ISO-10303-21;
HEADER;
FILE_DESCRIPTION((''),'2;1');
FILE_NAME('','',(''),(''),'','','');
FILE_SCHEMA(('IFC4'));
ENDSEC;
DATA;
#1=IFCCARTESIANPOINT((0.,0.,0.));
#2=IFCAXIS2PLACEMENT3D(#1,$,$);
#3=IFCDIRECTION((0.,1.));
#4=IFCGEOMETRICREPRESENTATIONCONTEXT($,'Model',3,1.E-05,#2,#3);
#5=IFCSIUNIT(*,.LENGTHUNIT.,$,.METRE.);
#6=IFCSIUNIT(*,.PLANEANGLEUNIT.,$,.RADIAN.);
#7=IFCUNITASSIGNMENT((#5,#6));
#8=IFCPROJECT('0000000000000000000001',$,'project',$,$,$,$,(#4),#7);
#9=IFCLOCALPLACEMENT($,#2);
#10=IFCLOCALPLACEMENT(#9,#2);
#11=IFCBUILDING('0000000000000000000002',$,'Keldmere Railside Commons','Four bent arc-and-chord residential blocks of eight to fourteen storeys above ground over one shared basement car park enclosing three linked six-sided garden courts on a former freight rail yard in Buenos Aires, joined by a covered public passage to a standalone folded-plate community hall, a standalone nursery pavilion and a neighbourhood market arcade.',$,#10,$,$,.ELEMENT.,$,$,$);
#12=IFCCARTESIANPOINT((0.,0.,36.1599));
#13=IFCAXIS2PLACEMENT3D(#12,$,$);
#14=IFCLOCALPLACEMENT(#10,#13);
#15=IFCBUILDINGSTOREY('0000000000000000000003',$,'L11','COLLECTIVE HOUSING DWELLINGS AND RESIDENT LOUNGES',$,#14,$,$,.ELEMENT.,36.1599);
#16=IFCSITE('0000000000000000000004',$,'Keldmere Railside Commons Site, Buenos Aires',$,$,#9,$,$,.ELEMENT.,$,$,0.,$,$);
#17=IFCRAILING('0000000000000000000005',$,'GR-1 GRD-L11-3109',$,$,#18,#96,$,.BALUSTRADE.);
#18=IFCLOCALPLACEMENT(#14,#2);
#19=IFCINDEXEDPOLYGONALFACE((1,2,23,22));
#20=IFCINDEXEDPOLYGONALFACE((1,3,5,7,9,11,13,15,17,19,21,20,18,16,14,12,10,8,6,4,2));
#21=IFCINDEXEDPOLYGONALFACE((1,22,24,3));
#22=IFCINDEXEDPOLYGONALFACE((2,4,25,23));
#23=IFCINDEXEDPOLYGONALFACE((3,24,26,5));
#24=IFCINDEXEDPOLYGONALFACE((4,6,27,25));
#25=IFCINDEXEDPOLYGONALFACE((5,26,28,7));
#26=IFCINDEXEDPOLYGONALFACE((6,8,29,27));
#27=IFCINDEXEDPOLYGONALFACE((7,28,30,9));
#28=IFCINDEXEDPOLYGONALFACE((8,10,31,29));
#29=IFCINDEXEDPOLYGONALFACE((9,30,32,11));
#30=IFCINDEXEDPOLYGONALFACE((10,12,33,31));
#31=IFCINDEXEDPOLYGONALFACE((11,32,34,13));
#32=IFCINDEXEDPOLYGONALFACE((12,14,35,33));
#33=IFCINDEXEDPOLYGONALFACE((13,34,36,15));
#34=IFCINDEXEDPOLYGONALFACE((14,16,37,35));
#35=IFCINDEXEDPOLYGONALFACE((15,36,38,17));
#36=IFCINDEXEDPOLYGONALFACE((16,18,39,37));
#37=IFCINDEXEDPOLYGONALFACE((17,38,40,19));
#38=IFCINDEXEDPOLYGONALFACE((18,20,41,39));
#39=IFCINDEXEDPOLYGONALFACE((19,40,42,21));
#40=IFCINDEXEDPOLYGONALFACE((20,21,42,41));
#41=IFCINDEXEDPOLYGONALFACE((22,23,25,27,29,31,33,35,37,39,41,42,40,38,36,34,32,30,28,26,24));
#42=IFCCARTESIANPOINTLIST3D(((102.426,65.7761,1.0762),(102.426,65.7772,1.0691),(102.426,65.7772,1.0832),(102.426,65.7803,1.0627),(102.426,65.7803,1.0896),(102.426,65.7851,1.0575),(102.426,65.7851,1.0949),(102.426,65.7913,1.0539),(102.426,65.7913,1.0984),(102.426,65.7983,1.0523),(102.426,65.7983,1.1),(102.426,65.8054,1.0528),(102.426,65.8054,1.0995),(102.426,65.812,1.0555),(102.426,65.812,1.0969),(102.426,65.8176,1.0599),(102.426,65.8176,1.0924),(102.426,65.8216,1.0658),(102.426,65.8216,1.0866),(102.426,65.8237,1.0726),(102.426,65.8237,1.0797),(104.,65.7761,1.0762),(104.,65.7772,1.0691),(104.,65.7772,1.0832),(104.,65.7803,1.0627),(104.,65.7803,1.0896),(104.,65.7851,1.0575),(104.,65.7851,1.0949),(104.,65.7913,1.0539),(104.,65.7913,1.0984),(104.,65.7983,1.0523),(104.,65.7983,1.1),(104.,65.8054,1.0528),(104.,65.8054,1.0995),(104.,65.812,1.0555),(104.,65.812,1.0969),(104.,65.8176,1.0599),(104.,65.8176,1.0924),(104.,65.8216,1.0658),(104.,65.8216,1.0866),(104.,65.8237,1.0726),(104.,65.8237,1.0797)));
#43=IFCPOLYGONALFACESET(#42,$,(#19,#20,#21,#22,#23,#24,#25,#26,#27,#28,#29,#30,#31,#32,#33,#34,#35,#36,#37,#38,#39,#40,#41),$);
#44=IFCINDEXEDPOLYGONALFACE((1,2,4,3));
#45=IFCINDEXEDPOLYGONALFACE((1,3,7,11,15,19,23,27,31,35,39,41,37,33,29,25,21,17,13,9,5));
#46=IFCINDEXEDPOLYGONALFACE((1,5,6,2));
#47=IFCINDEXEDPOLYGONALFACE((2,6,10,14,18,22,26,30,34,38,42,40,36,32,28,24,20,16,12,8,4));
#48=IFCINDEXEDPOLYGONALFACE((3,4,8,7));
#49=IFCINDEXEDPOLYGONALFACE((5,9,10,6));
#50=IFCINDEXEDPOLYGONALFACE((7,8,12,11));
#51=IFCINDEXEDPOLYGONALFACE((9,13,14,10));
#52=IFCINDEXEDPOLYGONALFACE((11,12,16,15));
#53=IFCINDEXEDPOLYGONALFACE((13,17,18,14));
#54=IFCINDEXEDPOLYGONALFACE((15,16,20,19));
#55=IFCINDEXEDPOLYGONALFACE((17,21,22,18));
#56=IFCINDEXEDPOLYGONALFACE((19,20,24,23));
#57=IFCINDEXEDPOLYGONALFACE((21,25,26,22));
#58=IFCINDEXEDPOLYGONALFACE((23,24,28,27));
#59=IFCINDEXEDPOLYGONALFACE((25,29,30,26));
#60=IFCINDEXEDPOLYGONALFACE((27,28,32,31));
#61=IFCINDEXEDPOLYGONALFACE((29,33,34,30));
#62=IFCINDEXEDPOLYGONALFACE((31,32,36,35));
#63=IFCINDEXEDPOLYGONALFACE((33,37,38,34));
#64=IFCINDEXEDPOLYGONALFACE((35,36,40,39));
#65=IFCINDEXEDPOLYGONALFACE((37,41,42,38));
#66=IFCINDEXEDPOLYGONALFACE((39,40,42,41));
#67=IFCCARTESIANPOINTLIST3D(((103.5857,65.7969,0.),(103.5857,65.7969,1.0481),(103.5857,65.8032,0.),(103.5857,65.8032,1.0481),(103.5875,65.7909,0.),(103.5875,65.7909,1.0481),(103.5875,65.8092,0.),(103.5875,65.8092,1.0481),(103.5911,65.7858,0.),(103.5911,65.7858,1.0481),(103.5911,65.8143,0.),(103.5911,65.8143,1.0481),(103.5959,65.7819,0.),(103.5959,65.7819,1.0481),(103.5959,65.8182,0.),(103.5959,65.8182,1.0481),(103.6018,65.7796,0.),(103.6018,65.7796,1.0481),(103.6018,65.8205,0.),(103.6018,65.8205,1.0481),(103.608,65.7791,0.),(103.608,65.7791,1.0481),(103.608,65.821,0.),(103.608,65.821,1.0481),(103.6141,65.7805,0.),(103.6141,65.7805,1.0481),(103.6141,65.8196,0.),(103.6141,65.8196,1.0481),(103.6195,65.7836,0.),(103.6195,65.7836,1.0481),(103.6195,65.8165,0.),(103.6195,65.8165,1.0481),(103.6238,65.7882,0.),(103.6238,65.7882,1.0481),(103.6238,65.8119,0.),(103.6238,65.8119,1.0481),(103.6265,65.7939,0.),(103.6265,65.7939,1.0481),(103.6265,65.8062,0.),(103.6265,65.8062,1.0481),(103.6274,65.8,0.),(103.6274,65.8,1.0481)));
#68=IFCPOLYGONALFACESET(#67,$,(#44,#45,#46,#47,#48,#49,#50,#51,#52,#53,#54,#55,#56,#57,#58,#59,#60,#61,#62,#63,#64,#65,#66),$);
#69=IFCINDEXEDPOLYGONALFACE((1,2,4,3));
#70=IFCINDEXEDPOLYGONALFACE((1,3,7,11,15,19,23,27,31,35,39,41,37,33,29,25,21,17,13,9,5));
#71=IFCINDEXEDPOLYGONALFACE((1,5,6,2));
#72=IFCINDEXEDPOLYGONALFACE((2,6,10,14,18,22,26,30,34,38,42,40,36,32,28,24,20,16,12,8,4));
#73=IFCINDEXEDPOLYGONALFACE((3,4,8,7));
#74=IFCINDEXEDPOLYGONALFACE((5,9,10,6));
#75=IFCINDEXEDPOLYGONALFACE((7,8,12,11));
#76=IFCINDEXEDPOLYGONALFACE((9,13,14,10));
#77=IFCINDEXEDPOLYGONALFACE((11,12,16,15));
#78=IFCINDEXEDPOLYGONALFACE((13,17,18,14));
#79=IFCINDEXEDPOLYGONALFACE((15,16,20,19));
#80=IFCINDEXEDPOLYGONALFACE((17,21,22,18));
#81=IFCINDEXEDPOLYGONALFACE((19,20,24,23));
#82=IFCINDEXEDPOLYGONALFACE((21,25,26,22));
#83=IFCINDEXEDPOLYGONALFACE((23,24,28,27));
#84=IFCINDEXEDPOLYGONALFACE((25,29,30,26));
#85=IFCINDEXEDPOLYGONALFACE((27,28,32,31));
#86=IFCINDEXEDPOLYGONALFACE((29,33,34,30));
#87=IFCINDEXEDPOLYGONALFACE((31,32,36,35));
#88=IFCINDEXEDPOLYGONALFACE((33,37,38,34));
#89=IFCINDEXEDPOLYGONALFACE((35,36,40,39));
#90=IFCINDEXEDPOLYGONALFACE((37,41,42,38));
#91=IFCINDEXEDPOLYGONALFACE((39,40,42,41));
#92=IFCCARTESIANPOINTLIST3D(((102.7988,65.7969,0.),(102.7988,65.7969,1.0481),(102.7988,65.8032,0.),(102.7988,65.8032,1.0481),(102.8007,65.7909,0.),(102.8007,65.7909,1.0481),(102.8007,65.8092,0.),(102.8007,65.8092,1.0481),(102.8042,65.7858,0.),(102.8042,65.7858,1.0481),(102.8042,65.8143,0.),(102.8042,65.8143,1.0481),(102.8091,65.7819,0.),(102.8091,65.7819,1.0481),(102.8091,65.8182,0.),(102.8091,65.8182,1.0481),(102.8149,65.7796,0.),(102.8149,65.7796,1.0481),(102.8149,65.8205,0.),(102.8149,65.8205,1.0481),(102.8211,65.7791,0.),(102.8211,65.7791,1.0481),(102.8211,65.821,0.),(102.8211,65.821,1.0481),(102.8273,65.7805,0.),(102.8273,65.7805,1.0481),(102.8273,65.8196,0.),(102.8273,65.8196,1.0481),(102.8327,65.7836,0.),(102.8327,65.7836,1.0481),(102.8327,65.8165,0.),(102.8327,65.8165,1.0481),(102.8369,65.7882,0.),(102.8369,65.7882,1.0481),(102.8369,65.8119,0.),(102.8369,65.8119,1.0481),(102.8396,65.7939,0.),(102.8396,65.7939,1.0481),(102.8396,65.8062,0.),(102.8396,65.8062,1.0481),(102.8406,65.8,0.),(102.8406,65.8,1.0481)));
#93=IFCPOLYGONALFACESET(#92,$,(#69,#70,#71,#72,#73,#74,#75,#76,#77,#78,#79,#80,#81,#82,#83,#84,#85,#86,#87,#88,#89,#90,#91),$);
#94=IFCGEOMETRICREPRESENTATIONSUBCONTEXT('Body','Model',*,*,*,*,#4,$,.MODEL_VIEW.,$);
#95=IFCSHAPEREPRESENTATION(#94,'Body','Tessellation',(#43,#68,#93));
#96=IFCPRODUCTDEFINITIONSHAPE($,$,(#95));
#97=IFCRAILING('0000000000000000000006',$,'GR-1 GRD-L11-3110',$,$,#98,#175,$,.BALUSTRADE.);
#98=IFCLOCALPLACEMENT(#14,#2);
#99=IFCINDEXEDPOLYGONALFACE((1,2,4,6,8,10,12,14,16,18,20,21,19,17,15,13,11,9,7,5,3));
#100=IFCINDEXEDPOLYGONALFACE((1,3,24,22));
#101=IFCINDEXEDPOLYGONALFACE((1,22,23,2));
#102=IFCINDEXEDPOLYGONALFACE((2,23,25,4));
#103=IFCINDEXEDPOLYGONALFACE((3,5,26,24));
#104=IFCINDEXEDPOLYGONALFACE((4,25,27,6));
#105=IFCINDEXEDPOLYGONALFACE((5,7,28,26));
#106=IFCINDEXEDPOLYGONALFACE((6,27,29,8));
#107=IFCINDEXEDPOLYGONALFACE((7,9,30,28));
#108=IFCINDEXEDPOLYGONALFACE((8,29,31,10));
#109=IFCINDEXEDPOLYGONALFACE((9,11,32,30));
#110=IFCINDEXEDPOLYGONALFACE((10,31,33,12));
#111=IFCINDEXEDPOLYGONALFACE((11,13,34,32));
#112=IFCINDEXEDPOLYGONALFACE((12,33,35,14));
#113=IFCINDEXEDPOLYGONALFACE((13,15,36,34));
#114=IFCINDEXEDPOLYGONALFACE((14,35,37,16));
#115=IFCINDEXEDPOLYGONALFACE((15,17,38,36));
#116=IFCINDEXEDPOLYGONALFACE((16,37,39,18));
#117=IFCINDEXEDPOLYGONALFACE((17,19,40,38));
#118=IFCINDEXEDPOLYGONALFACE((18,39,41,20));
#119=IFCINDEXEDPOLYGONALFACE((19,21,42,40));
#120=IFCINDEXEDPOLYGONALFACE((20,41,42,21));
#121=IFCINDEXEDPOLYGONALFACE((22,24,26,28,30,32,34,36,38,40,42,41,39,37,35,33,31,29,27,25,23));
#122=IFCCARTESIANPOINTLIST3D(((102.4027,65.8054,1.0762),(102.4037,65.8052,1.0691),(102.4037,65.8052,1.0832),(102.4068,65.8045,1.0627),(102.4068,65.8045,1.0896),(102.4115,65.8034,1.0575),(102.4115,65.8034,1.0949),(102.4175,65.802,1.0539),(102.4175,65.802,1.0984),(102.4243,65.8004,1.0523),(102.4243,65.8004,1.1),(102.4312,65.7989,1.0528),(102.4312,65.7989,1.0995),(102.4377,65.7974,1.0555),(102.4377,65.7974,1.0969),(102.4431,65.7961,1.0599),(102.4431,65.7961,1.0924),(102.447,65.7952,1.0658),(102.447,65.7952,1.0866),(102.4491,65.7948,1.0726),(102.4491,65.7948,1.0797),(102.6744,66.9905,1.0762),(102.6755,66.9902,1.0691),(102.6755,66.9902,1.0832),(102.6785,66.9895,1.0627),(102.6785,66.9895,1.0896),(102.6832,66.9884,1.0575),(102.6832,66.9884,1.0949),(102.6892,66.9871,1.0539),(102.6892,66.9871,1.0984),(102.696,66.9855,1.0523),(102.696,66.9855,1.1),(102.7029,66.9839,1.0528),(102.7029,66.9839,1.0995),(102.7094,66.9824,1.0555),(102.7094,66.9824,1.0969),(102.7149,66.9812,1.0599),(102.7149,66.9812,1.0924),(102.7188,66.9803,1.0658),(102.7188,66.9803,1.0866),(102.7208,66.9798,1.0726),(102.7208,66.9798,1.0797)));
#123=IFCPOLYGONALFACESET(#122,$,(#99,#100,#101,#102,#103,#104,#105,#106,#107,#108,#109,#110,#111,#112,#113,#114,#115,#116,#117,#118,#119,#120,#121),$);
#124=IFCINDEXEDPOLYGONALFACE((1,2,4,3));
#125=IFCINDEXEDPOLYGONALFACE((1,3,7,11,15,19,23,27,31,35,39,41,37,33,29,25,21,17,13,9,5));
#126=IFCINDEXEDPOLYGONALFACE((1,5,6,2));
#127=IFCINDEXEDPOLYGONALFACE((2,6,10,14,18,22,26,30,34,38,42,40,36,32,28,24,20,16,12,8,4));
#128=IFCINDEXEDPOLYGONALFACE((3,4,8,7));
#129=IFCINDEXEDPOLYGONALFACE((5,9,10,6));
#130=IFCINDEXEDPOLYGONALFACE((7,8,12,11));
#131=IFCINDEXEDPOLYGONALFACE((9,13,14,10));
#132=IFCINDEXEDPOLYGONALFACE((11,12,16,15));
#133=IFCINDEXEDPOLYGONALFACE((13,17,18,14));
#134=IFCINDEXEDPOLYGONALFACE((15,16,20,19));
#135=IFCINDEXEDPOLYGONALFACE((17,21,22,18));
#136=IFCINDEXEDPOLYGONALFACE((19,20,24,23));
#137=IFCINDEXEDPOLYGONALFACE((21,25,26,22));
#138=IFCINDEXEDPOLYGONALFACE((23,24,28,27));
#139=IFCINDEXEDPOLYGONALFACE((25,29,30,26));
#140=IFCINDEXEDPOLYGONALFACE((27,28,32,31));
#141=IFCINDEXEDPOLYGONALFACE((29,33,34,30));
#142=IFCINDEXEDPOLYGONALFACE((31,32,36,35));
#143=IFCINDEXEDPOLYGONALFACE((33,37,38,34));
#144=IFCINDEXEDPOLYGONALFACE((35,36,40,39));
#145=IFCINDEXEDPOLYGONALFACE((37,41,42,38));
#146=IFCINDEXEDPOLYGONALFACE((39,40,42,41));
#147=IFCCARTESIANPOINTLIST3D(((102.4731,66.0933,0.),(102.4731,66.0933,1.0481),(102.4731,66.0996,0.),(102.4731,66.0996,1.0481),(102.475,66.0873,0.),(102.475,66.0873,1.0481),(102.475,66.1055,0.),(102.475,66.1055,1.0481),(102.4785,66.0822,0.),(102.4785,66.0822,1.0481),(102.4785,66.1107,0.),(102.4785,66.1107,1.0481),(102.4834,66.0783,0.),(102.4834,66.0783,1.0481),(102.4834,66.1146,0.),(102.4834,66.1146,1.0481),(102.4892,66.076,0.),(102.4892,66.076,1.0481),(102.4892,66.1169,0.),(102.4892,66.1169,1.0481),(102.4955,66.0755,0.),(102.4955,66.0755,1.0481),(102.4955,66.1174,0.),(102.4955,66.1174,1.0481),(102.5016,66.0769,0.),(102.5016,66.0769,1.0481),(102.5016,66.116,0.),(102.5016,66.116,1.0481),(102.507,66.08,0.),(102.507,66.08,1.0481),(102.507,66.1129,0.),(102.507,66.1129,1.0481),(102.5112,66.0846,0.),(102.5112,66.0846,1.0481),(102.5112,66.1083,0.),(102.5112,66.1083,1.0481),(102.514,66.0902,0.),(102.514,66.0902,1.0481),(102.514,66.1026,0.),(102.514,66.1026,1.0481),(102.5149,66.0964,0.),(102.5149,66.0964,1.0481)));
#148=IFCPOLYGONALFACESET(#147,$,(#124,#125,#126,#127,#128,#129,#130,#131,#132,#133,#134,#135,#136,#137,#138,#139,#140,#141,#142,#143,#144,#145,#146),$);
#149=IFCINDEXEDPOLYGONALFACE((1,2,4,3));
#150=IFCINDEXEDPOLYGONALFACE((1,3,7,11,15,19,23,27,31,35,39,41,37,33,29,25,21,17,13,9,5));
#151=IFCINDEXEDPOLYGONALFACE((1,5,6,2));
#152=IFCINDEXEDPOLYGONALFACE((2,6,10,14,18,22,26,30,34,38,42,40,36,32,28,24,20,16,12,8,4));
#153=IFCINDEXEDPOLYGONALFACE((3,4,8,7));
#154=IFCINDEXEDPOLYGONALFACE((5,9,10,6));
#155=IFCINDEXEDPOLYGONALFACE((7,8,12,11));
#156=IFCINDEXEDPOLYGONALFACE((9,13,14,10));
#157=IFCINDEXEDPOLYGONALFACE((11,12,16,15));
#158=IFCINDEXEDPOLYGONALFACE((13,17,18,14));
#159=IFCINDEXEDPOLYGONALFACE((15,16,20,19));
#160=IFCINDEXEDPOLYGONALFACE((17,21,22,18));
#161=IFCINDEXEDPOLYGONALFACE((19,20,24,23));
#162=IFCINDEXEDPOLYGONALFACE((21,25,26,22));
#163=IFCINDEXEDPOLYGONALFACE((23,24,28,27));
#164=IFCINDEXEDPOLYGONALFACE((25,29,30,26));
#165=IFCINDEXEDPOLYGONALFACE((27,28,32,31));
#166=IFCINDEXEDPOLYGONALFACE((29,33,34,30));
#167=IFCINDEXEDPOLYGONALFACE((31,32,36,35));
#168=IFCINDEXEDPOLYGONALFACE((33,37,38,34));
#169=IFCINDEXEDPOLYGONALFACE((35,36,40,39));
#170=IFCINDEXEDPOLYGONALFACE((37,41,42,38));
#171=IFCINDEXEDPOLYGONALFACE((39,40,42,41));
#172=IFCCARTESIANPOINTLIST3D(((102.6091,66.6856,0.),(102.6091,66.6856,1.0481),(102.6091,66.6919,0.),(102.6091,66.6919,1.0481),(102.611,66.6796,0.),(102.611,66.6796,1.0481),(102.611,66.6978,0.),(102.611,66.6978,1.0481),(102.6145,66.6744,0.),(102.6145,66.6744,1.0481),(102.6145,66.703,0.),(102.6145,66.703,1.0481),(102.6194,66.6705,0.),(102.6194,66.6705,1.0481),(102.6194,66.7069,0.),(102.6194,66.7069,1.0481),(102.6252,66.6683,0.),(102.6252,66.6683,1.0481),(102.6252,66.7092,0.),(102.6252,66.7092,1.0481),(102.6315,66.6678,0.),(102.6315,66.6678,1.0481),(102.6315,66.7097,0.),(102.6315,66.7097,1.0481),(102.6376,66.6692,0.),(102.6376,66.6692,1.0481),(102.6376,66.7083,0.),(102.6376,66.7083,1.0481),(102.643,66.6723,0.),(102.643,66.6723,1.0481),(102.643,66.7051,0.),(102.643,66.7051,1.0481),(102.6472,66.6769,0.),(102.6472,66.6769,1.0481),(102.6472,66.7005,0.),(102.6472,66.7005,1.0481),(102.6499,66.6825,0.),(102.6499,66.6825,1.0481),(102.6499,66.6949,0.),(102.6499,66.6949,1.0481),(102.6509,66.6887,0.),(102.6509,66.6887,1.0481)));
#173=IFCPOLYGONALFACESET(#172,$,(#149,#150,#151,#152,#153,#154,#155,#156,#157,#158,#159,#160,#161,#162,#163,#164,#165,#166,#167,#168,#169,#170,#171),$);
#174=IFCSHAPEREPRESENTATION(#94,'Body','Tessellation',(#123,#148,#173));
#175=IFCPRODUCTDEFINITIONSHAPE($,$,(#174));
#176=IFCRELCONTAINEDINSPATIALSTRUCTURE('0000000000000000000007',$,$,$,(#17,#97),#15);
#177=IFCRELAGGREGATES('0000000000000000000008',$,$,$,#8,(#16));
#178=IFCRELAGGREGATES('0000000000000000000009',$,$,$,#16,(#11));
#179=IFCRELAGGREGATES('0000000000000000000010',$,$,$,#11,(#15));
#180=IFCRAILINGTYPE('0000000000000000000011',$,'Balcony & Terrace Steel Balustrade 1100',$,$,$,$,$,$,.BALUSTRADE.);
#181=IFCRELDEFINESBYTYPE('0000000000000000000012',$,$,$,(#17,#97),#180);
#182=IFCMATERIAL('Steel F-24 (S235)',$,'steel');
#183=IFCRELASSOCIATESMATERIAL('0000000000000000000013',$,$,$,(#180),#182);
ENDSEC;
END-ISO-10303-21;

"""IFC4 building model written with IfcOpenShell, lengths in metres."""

from ifc_helpers import new_model, si_unit, direction, frame, origin, origin_2d, place, context, subcontext, project, spatial, circle, extrude, material, type_object, element, save


model = new_model("IFC4")

# Units and contexts
model_context = context("Model", 3, precision=1e-05, world=origin(), true_north=direction((0.0, 1.0)))
body_context = subcontext(model_context, "Body", "Model", "MODEL_VIEW")
ifc_project = project(units=[si_unit("LENGTHUNIT", "METRE"), si_unit("PLANEANGLEUNIT", "RADIAN")], contexts=[model_context])

# Site, building, storey
site_placement = place(None, origin())
site = spatial("IfcSite", under=ifc_project, at=site_placement, Name="Keldmere Railside Commons Site, Buenos Aires", CompositionType="ELEMENT", RefElevation=0.0)
building_placement = place(site_placement, origin())
building = spatial("IfcBuilding", under=site, at=building_placement, Name="Keldmere Railside Commons", Description="Four bent arc-and-chord residential blocks of eight to fourteen storeys above ground over one shared basement car park enclosing three linked six-sided garden courts on a former freight rail yard in Buenos Aires, joined by a covered public passage to a standalone folded-plate community hall, a standalone nursery pavilion and a neighbourhood market arcade.", CompositionType="ELEMENT")
storey_placement = place(building_placement, frame((0.0, 0.0, 36.1599)))
storey = spatial("IfcBuildingStorey", under=building, at=storey_placement, Name="L11", Description="COLLECTIVE HOUSING DWELLINGS AND RESIDENT LOUNGES", CompositionType="ELEMENT", Elevation=36.1599)

# Shared definitions
ifc_material_1 = material(Name="Steel F-24 (S235)", Category="steel")

# Railings
railing_type_1 = type_object("IfcRailingType", Name="Balcony & Terrace Steel Balustrade 1100", PredefinedType="BALUSTRADE", material=ifc_material_1)
railing_1_placement = place(storey_placement, frame((104.0, 65.8, 0.0)))
element("IfcRailing", 1, at=railing_1_placement, inside=storey, type_object=railing_type_1, Name="GR-1 GRD-L11-3109", PredefinedType="BALUSTRADE", context=body_context, shape_type="SweptSolid", body=[
    extrude(circle(Radius=0.0239, at=origin_2d()), frame((0.0, 0.0, 1.0762), z_axis=(-1.0, 0.0, 0.0), x_axis=(0.0, -1.0, 0.0)), (0.0, 0.0, 1.0), 1.574),
    extrude(circle(Radius=0.021, at=origin_2d()), frame((-0.3936, 0.0, 0.0)), (0.0, 0.0, 1.0), 1.0481),
    extrude(circle(Radius=0.021, at=origin_2d()), frame((-1.1804, 0.0, 0.0)), (0.0, 0.0, 1.0), 1.0481),
])
railing_2_placement = place(storey_placement, frame((102.426, 65.8, 0.0)))
element("IfcRailing", 2, at=railing_2_placement, inside=storey, type_object=railing_type_1, Name="GR-1 GRD-L11-3110", PredefinedType="BALUSTRADE", context=body_context, shape_type="SweptSolid", body=[
    extrude(circle(Radius=0.0239, at=origin_2d()), frame((0.0, 0.0, 1.0762), z_axis=(0.223495, 0.974705, 0.0), x_axis=(-0.974705, 0.223495, 0.0)), (0.0, 0.0, 1.0), 1.2158),
    extrude(circle(Radius=0.021, at=origin_2d()), frame((0.0679, 0.2964, 0.0)), (0.0, 0.0, 1.0), 1.0481),
    extrude(circle(Radius=0.021, at=origin_2d()), frame((0.2039, 0.8887, 0.0)), (0.0, 0.0, 1.0), 1.0481),
])

save(model, "model.ifc")
